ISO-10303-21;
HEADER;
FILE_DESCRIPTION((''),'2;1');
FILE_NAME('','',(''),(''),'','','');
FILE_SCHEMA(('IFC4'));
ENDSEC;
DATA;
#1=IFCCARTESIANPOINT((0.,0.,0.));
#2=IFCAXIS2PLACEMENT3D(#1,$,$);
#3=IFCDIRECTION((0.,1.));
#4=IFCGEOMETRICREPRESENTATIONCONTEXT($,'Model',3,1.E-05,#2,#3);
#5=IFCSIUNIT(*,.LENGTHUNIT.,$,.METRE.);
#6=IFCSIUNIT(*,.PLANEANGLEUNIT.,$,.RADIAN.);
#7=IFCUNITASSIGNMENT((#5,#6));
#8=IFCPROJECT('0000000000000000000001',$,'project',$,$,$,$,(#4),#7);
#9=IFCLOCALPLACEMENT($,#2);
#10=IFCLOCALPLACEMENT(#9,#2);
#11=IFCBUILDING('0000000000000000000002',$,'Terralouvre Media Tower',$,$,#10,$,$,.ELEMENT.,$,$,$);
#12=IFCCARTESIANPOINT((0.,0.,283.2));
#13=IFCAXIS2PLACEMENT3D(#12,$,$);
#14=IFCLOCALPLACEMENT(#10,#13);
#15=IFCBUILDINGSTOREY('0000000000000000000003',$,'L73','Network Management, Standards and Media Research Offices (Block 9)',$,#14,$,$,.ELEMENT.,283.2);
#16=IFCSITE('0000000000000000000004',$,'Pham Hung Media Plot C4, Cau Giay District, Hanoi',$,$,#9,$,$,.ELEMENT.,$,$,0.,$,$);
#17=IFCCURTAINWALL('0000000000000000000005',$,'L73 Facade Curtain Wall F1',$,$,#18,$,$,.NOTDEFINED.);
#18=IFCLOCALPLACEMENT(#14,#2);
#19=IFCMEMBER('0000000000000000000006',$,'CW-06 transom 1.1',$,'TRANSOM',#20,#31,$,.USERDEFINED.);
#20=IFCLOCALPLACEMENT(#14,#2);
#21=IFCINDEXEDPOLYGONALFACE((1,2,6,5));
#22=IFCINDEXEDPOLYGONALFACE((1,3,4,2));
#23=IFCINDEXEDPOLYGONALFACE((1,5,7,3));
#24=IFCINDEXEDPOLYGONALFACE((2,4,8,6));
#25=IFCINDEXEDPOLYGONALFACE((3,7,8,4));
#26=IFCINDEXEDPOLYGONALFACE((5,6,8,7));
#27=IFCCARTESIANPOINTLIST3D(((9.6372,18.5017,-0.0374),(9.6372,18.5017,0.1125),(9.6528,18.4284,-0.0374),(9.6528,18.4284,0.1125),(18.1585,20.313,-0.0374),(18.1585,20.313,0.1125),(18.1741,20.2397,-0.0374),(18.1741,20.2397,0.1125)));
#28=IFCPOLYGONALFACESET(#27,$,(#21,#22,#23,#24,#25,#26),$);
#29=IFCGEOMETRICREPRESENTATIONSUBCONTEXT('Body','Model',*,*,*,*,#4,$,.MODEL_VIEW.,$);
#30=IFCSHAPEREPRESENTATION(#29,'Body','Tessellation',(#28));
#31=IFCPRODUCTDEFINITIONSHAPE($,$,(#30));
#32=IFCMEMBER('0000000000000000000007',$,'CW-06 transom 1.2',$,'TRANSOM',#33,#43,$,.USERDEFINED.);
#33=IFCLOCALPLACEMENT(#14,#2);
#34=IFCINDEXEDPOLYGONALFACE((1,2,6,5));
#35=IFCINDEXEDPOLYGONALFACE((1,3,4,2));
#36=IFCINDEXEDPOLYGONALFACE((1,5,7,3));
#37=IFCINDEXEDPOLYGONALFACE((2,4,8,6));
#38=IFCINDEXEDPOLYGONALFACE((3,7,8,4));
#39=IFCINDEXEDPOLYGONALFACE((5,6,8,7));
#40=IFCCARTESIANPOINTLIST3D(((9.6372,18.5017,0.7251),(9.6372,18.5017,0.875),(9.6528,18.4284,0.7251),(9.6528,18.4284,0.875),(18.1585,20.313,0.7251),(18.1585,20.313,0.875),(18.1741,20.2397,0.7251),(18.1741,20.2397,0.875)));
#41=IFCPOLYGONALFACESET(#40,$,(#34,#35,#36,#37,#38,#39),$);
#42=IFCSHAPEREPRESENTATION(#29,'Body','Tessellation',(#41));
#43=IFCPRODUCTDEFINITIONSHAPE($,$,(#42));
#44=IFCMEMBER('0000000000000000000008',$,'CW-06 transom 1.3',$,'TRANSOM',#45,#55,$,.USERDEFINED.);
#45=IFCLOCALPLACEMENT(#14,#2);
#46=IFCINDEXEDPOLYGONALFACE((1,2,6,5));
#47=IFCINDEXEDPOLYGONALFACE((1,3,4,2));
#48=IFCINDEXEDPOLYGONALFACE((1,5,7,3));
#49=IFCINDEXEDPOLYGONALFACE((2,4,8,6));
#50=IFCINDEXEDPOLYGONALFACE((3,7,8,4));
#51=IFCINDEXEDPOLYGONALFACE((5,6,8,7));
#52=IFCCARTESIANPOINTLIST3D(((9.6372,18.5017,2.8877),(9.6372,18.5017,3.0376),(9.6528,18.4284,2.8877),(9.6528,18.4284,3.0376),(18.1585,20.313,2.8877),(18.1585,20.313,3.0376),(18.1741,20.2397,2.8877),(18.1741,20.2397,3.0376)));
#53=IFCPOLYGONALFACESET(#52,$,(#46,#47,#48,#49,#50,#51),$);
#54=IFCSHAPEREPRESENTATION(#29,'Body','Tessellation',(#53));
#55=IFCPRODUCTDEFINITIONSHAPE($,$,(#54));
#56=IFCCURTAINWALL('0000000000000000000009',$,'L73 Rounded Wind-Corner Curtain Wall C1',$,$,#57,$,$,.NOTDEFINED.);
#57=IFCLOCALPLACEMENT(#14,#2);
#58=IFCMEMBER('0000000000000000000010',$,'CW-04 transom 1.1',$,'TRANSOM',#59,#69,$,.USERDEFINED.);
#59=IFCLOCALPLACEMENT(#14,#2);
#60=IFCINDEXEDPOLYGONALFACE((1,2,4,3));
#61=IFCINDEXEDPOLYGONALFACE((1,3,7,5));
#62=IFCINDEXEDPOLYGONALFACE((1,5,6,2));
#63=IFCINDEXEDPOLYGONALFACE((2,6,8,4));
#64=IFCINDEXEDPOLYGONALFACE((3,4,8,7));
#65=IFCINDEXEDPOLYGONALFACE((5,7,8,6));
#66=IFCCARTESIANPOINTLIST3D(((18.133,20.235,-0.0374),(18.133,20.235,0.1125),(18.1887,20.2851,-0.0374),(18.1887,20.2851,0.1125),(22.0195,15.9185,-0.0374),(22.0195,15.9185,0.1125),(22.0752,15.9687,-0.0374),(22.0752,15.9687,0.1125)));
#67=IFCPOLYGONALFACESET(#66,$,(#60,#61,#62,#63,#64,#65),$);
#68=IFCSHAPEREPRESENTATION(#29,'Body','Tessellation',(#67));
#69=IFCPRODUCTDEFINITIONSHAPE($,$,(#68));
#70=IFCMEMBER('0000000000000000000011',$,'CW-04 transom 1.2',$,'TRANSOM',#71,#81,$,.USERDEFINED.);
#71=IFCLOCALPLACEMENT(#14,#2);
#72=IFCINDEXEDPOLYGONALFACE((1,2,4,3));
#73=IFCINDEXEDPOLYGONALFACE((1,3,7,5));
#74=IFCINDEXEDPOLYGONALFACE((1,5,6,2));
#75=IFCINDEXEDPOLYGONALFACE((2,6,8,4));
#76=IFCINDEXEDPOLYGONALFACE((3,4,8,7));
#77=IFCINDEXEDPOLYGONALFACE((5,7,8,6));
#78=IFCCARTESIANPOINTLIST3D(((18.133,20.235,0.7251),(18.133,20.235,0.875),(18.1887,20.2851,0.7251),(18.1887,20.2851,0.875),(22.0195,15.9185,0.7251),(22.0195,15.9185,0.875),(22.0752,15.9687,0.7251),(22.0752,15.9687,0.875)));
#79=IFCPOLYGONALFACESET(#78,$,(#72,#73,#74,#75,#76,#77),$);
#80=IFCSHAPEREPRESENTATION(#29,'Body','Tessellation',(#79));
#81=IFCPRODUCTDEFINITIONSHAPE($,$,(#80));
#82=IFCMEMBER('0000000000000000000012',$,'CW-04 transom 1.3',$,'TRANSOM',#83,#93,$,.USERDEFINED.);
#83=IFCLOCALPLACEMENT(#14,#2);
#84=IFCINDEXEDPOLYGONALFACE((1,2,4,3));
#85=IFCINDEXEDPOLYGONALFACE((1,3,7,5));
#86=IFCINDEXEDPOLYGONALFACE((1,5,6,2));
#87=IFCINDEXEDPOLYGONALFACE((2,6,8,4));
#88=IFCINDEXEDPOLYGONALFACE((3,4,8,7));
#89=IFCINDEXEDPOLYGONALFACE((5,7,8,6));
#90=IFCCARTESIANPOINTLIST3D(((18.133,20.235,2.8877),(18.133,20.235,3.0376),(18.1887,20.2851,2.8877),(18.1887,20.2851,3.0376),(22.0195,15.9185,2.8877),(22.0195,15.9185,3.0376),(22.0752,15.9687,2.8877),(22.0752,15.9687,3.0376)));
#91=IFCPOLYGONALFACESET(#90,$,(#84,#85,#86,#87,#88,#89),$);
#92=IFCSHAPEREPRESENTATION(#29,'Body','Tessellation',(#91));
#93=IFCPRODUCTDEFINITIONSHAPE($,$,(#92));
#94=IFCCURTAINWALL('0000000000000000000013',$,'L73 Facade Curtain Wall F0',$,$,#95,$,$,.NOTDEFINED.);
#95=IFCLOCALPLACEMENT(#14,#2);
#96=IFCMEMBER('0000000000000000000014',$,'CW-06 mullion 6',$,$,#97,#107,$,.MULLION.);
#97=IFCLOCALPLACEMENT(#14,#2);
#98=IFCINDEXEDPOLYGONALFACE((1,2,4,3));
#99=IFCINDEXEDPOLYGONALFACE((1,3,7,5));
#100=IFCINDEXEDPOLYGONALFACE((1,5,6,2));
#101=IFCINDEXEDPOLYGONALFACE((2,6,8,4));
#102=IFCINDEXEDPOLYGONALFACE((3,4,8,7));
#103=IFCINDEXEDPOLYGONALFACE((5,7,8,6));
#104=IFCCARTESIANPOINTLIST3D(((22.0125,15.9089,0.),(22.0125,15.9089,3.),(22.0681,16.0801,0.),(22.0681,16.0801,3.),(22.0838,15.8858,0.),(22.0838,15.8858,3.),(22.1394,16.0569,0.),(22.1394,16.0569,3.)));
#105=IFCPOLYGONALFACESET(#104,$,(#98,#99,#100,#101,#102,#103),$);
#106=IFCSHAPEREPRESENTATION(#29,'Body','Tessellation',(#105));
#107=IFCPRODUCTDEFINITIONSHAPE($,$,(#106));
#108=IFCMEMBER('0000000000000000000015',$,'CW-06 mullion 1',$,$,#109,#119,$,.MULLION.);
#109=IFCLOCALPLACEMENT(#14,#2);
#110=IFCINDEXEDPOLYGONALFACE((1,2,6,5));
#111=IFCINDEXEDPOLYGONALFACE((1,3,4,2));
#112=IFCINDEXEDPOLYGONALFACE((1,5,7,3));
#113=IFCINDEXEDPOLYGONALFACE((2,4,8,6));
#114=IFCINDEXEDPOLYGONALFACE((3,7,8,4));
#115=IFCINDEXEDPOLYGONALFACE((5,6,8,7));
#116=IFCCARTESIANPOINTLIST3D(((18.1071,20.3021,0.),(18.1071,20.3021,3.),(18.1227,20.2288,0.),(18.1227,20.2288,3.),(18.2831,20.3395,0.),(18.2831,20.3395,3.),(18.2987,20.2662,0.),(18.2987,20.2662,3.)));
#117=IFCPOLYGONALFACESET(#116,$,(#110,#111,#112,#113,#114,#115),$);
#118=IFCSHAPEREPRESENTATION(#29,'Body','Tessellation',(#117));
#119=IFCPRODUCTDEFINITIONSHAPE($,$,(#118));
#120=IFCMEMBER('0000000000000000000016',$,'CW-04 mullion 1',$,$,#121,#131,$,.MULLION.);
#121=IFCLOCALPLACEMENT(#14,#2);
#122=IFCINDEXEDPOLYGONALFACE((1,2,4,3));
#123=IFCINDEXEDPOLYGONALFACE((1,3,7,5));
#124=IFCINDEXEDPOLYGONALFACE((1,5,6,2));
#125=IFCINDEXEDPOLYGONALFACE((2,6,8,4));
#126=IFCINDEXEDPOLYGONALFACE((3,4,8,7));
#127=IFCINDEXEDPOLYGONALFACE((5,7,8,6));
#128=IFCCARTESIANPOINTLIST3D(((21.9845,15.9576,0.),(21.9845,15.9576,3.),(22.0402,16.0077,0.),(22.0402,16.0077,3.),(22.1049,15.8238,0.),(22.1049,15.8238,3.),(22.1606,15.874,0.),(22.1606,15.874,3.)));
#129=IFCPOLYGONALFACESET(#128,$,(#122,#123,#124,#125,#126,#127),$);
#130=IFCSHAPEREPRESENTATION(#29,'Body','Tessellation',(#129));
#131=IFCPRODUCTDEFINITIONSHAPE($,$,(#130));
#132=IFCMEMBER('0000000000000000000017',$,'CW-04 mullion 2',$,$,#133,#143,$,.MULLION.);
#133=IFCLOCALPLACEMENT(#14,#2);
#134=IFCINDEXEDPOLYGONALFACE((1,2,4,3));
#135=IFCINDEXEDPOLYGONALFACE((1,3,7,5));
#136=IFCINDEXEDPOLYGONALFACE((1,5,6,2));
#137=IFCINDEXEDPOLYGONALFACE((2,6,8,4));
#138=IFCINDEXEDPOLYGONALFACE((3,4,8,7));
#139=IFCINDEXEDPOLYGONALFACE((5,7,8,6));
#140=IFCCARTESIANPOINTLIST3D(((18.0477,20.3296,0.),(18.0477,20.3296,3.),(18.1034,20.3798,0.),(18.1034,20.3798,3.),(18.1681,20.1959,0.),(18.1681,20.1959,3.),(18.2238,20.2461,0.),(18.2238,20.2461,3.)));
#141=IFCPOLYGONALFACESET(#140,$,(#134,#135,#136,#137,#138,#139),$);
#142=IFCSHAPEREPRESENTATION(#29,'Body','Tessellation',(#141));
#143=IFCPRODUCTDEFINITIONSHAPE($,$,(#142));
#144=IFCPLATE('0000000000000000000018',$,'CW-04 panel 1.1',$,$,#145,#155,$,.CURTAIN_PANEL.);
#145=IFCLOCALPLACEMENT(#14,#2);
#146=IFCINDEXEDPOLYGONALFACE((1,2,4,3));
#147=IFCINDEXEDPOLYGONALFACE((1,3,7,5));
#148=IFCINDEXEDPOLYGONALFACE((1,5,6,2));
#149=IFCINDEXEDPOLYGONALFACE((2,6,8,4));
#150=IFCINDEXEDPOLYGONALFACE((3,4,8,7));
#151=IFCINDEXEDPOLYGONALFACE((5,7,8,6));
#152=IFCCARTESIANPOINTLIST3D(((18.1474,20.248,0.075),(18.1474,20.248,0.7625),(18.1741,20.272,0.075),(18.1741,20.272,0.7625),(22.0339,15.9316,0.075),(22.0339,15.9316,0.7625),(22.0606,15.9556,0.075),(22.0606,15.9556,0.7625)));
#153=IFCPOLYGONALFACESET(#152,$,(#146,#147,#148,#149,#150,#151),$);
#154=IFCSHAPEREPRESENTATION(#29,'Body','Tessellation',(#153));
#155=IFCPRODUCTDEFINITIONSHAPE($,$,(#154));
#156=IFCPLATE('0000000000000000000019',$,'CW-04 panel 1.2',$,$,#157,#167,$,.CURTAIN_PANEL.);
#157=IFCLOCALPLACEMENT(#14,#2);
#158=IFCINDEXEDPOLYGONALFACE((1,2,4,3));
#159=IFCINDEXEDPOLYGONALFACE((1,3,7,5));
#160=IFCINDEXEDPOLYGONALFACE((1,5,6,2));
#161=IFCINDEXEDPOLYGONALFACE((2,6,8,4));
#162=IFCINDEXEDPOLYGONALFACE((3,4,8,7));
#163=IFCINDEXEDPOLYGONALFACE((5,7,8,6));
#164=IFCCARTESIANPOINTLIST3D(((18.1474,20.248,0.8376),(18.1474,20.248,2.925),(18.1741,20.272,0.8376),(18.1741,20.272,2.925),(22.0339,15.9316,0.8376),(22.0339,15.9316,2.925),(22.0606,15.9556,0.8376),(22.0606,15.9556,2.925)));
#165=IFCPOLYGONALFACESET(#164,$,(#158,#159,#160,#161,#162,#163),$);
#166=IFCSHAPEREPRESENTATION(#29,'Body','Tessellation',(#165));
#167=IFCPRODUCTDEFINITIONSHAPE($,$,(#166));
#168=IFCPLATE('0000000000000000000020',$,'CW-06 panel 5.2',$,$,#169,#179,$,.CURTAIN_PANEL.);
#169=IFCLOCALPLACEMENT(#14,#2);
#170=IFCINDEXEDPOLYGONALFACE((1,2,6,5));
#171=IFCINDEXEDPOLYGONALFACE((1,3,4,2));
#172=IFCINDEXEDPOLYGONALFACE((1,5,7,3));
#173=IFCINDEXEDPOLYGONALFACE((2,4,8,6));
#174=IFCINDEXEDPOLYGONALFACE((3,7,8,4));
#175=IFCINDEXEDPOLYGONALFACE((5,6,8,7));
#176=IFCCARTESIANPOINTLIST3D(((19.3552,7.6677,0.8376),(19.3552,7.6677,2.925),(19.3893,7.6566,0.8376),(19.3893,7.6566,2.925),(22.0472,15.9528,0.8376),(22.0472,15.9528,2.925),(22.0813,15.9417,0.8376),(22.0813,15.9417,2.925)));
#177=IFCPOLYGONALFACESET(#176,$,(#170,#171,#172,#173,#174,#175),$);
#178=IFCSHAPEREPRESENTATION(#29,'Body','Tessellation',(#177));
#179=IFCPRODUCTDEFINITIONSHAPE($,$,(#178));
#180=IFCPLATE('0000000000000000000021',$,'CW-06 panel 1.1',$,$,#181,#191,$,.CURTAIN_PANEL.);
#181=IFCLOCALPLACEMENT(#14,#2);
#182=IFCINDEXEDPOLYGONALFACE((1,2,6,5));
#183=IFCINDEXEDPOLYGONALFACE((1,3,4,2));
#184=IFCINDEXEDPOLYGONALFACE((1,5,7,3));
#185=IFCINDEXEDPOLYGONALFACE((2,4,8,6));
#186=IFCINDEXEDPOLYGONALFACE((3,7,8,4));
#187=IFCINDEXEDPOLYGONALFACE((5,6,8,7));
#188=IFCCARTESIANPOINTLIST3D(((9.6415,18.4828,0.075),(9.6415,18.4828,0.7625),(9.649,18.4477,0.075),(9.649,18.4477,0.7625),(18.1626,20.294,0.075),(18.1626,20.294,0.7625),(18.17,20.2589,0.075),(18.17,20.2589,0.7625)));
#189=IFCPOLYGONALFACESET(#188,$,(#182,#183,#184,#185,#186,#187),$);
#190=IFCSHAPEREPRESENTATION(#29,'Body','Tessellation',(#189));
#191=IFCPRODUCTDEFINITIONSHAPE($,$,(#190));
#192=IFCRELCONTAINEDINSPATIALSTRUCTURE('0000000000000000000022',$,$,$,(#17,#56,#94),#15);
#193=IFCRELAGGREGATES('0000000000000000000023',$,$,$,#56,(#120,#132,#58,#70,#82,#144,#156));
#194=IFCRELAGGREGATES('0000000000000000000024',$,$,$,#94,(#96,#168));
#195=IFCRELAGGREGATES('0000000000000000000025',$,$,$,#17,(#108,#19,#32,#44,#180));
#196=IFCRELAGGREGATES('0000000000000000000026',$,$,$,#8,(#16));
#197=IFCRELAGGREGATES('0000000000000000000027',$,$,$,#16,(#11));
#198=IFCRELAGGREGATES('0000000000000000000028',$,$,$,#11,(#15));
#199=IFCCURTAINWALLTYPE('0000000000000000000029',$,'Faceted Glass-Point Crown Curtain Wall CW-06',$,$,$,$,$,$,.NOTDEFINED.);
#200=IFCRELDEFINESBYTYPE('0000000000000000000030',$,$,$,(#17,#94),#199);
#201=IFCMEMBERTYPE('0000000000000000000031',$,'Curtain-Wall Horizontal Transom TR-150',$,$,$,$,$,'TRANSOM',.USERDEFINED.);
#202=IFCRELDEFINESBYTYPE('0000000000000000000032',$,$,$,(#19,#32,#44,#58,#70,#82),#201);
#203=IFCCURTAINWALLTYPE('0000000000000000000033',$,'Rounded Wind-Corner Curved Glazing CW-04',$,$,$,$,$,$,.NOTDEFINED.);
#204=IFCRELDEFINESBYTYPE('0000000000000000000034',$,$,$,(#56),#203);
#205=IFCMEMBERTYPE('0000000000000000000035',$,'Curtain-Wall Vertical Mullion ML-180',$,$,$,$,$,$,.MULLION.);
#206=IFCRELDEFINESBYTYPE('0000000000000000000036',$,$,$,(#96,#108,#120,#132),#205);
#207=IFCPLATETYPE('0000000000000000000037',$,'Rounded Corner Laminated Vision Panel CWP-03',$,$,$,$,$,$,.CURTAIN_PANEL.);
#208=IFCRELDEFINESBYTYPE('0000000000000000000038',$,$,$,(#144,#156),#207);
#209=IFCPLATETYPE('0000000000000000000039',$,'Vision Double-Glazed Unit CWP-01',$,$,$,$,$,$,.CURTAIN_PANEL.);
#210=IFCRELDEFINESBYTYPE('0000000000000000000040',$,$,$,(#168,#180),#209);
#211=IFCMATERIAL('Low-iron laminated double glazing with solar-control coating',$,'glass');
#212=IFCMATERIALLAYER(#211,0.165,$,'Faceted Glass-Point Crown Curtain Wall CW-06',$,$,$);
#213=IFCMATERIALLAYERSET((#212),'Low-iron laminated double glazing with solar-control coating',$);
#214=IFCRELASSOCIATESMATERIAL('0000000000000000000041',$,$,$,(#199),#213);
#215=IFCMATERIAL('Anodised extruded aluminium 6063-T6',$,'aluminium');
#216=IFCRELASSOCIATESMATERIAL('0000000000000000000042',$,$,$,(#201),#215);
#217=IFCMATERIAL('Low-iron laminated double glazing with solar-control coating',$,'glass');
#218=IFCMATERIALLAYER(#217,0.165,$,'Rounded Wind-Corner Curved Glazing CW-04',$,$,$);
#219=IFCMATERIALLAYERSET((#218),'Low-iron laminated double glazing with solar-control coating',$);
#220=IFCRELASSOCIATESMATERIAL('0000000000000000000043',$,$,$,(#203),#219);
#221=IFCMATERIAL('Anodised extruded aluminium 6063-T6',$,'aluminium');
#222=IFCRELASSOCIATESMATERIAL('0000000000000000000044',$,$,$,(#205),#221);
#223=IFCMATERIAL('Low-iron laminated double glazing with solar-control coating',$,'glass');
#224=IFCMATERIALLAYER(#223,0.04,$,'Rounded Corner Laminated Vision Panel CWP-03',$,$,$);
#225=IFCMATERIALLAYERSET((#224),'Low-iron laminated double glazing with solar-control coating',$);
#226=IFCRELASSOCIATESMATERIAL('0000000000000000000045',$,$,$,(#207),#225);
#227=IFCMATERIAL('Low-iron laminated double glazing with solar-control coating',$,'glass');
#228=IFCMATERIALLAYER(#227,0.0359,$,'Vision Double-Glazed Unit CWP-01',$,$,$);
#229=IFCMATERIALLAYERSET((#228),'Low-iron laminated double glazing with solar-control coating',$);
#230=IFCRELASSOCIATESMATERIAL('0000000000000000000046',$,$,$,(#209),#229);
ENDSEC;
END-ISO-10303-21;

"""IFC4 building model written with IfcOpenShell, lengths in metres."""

from ifc_helpers import new_model, si_unit, direction, frame, origin, origin_2d, place, context, subcontext, project, spatial, rectangle, extrude, material, layer, layer_set, material_profile, profile_set, type_object, element, aggregate, save


model = new_model("IFC4")

# Units and contexts
model_context = context("Model", 3, precision=1e-05, world=origin(), true_north=direction((0.0, 1.0)))
body_context = subcontext(model_context, "Body", "Model", "MODEL_VIEW")
ifc_project = project(units=[si_unit("LENGTHUNIT", "METRE"), si_unit("PLANEANGLEUNIT", "RADIAN")], contexts=[model_context])

# Site, building, storey
site_placement = place(None, origin())
site = spatial("IfcSite", under=ifc_project, at=site_placement, Name="Pham Hung Media Plot C4, Cau Giay District, Hanoi", CompositionType="ELEMENT", RefElevation=0.0)
building_placement = place(site_placement, origin())
building = spatial("IfcBuilding", under=site, at=building_placement, Name="Terralouvre Media Tower", CompositionType="ELEMENT")
storey_placement = place(building_placement, frame((0.0, 0.0, 283.2)))
storey = spatial("IfcBuildingStorey", under=building, at=storey_placement, Name="L73", Description="Network Management, Standards and Media Research Offices (Block 9)", CompositionType="ELEMENT", Elevation=283.2)

# Curtain walls, members
ifc_material_1 = material(Name="Low-iron laminated double glazing with solar-control coating", Category="glass")
ifc_layer_1 = layer(ifc_material_1, 0.165, Name="Faceted Glass-Point Crown Curtain Wall CW-06")
ifc_layer_set_1 = layer_set([ifc_layer_1], Name="Low-iron laminated double glazing with solar-control coating")
curtain_wall_type_1 = type_object("IfcCurtainWallType", Name="Faceted Glass-Point Crown Curtain Wall CW-06", PredefinedType="NOTDEFINED", material=ifc_layer_set_1)
curtain_wall_1_placement = place(storey_placement, origin())
curtain_wall_1 = element("IfcCurtainWall", 1, at=curtain_wall_1_placement, inside=storey, type_object=curtain_wall_type_1, Name="L73 Facade Curtain Wall F1", PredefinedType="NOTDEFINED")
ifc_material_2 = material(Name="Anodised extruded aluminium 6063-T6", Category="aluminium")
ifc_material_profile_1 = material_profile(ifc_material_2, rectangle(XDim=0.075, YDim=0.1499, at=origin_2d()), Name="ALU 75x150")
ifc_profile_set_1 = profile_set([ifc_material_profile_1], Name="Anodised extruded aluminium 6063-T6")
member_type_1 = type_object("IfcMemberType", Name="Curtain-Wall Horizontal Transom TR-150", ElementType="TRANSOM", PredefinedType="USERDEFINED", material=ifc_profile_set_1)
member_1_placement = place(storey_placement, frame((18.1663, 20.2764, 0.0376), z_axis=(-0.978147, -0.207915, 0.0), x_axis=(0.207915, -0.978147, 0.0)))
member_1 = element("IfcMember", 2, at=member_1_placement, type_object=member_type_1, Name="CW-06 transom 1.1", ObjectType="TRANSOM", PredefinedType="USERDEFINED", context=body_context, shape_type="SweptSolid", body=[
    extrude(rectangle(XDim=0.075, YDim=0.1499, at=origin_2d()), origin(), (0.0, 0.0, 1.0), 8.7117),
])
member_2_placement = place(storey_placement, frame((18.1663, 20.2764, 0.8), z_axis=(-0.978147, -0.207915, 0.0), x_axis=(0.207915, -0.978147, 0.0)))
member_2 = element("IfcMember", 3, at=member_2_placement, type_object=member_type_1, Name="CW-06 transom 1.2", ObjectType="TRANSOM", PredefinedType="USERDEFINED", context=body_context, shape_type="SweptSolid", body=[
    extrude(rectangle(XDim=0.075, YDim=0.1499, at=origin_2d()), origin(), (0.0, 0.0, 1.0), 8.7117),
])
member_3_placement = place(storey_placement, frame((18.1663, 20.2764, 2.9626), z_axis=(-0.978147, -0.207915, 0.0), x_axis=(0.207915, -0.978147, 0.0)))
member_3 = element("IfcMember", 4, at=member_3_placement, type_object=member_type_1, Name="CW-06 transom 1.3", ObjectType="TRANSOM", PredefinedType="USERDEFINED", context=body_context, shape_type="SweptSolid", body=[
    extrude(rectangle(XDim=0.075, YDim=0.1499, at=origin_2d()), origin(), (0.0, 0.0, 1.0), 8.7117),
])
ifc_material_3 = material(Name="Low-iron laminated double glazing with solar-control coating", Category="glass")
ifc_layer_2 = layer(ifc_material_3, 0.165, Name="Rounded Wind-Corner Curved Glazing CW-04")
ifc_layer_set_2 = layer_set([ifc_layer_2], Name="Low-iron laminated double glazing with solar-control coating")
curtain_wall_type_2 = type_object("IfcCurtainWallType", Name="Rounded Wind-Corner Curved Glazing CW-04", PredefinedType="NOTDEFINED", material=ifc_layer_set_2)
curtain_wall_2_placement = place(storey_placement, origin())
curtain_wall_2 = element("IfcCurtainWall", 5, at=curtain_wall_2_placement, inside=storey, type_object=curtain_wall_type_2, Name="L73 Rounded Wind-Corner Curtain Wall C1", PredefinedType="NOTDEFINED")
member_4_placement = place(storey_placement, frame((22.0474, 15.9436, 0.0376), z_axis=(-0.669127, 0.743148, 0.0), x_axis=(-0.743148, -0.669127, 0.0)))
member_4 = element("IfcMember", 6, at=member_4_placement, type_object=member_type_1, Name="CW-04 transom 1.1", ObjectType="TRANSOM", PredefinedType="USERDEFINED", context=body_context, shape_type="SweptSolid", body=[
    extrude(rectangle(XDim=0.075, YDim=0.1499, at=origin_2d()), origin(), (0.0, 0.0, 1.0), 5.8083),
])
member_5_placement = place(storey_placement, frame((22.0474, 15.9436, 0.8), z_axis=(-0.669127, 0.743148, 0.0), x_axis=(-0.743148, -0.669127, 0.0)))
member_5 = element("IfcMember", 7, at=member_5_placement, type_object=member_type_1, Name="CW-04 transom 1.2", ObjectType="TRANSOM", PredefinedType="USERDEFINED", context=body_context, shape_type="SweptSolid", body=[
    extrude(rectangle(XDim=0.075, YDim=0.1499, at=origin_2d()), origin(), (0.0, 0.0, 1.0), 5.8083),
])
member_6_placement = place(storey_placement, frame((22.0474, 15.9436, 2.9626), z_axis=(-0.669127, 0.743148, 0.0), x_axis=(-0.743148, -0.669127, 0.0)))
member_6 = element("IfcMember", 8, at=member_6_placement, type_object=member_type_1, Name="CW-04 transom 1.3", ObjectType="TRANSOM", PredefinedType="USERDEFINED", context=body_context, shape_type="SweptSolid", body=[
    extrude(rectangle(XDim=0.075, YDim=0.1499, at=origin_2d()), origin(), (0.0, 0.0, 1.0), 5.8083),
])

# Curtain wall, member
curtain_wall_3_placement = place(storey_placement, origin())
curtain_wall_3 = element("IfcCurtainWall", 9, at=curtain_wall_3_placement, inside=storey, type_object=curtain_wall_type_1, Name="L73 Facade Curtain Wall F0", PredefinedType="NOTDEFINED")
ifc_material_4 = material(Name="Anodised extruded aluminium 6063-T6", Category="aluminium")
ifc_material_profile_2 = material_profile(ifc_material_4, rectangle(XDim=0.075, YDim=0.1799, at=origin_2d()), Name="ALU 75x180")
ifc_profile_set_2 = profile_set([ifc_material_profile_2], Name="Anodised extruded aluminium 6063-T6")
member_type_2 = type_object("IfcMemberType", Name="Curtain-Wall Vertical Mullion ML-180", PredefinedType="MULLION", material=ifc_profile_set_2)
member_7_placement = place(storey_placement, frame((22.0759, 15.9829, 0.0), z_axis=(0.0, 0.0, 1.0), x_axis=(-0.951057, 0.309017, 0.0)))
member_7 = element("IfcMember", 10, at=member_7_placement, type_object=member_type_2, Name="CW-06 mullion 6", PredefinedType="MULLION", context=body_context, shape_type="SweptSolid", body=[
    extrude(rectangle(XDim=0.075, YDim=0.1799, at=origin_2d()), origin(), (0.0, 0.0, 1.0), 3.0),
])

# Members
member_8_placement = place(storey_placement, frame((18.2029, 20.2842, 0.0), z_axis=(0.0, 0.0, 1.0), x_axis=(0.207912, -0.978148, 0.0)))
member_8 = element("IfcMember", 11, at=member_8_placement, type_object=member_type_2, Name="CW-06 mullion 1", PredefinedType="MULLION", context=body_context, shape_type="SweptSolid", body=[
    extrude(rectangle(XDim=0.075, YDim=0.1799, at=origin_2d()), origin(), (0.0, 0.0, 1.0), 3.0),
])
member_9_placement = place(storey_placement, frame((22.0725, 15.9158, 0.0), z_axis=(0.0, 0.0, 1.0), x_axis=(-0.743145, -0.66913, 0.0)))
member_9 = element("IfcMember", 12, at=member_9_placement, type_object=member_type_2, Name="CW-04 mullion 1", PredefinedType="MULLION", context=body_context, shape_type="SweptSolid", body=[
    extrude(rectangle(XDim=0.075, YDim=0.1799, at=origin_2d()), origin(), (0.0, 0.0, 1.0), 3.0),
])
member_10_placement = place(storey_placement, frame((18.1357, 20.2878, 0.0), z_axis=(0.0, 0.0, 1.0), x_axis=(-0.743145, -0.66913, 0.0)))
member_10 = element("IfcMember", 13, at=member_10_placement, type_object=member_type_2, Name="CW-04 mullion 2", PredefinedType="MULLION", context=body_context, shape_type="SweptSolid", body=[
    extrude(rectangle(XDim=0.075, YDim=0.1799, at=origin_2d()), origin(), (0.0, 0.0, 1.0), 3.0),
])

# Plates
ifc_material_5 = material(Name="Low-iron laminated double glazing with solar-control coating", Category="glass")
ifc_layer_3 = layer(ifc_material_5, 0.04, Name="Rounded Corner Laminated Vision Panel CWP-03")
ifc_layer_set_3 = layer_set([ifc_layer_3], Name="Low-iron laminated double glazing with solar-control coating")
plate_type_1 = type_object("IfcPlateType", Name="Rounded Corner Laminated Vision Panel CWP-03", PredefinedType="CURTAIN_PANEL", material=ifc_layer_set_3)
plate_1_placement = place(storey_placement, frame((20.104, 18.1018, 0.075), z_axis=(0.0, 0.0, 1.0), x_axis=(-0.66913, 0.743145, 0.0)))
plate_1 = element("IfcPlate", 14, at=plate_1_placement, type_object=plate_type_1, Name="CW-04 panel 1.1", PredefinedType="CURTAIN_PANEL", context=body_context, shape_type="SweptSolid", body=[
    extrude(rectangle(XDim=5.8083, YDim=0.0359, at=origin_2d()), origin(), (0.0, 0.0, 1.0), 0.6875),
])
plate_2_placement = place(storey_placement, frame((20.104, 18.1018, 0.8376), z_axis=(0.0, 0.0, 1.0), x_axis=(-0.66913, 0.743145, 0.0)))
plate_2 = element("IfcPlate", 15, at=plate_2_placement, type_object=plate_type_1, Name="CW-04 panel 1.2", PredefinedType="CURTAIN_PANEL", context=body_context, shape_type="SweptSolid", body=[
    extrude(rectangle(XDim=5.8083, YDim=0.0359, at=origin_2d()), origin(), (0.0, 0.0, 1.0), 2.0874),
])
aggregate(curtain_wall_2, [member_9, member_10, member_4, member_5, member_6, plate_1, plate_2])
ifc_material_6 = material(Name="Low-iron laminated double glazing with solar-control coating", Category="glass")
ifc_layer_4 = layer(ifc_material_6, 0.0359, Name="Vision Double-Glazed Unit CWP-01")
ifc_layer_set_4 = layer_set([ifc_layer_4], Name="Low-iron laminated double glazing with solar-control coating")
plate_type_2 = type_object("IfcPlateType", Name="Vision Double-Glazed Unit CWP-01", PredefinedType="CURTAIN_PANEL", material=ifc_layer_set_4)
plate_3_placement = place(storey_placement, frame((20.7183, 11.8047, 0.8376), z_axis=(0.0, 0.0, 1.0), x_axis=(0.309017, 0.951057, 0.0)))
plate_3 = element("IfcPlate", 16, at=plate_3_placement, type_object=plate_type_2, Name="CW-06 panel 5.2", PredefinedType="CURTAIN_PANEL", context=body_context, shape_type="SweptSolid", body=[
    extrude(rectangle(XDim=8.7114, YDim=0.0359, at=origin_2d()), origin(), (0.0, 0.0, 1.0), 2.0874),
])
aggregate(curtain_wall_3, [member_7, plate_3])
plate_4_placement = place(storey_placement, frame((13.9058, 19.3708, 0.075), z_axis=(0.0, 0.0, 1.0), x_axis=(-0.978148, -0.207912, 0.0)))
plate_4 = element("IfcPlate", 17, at=plate_4_placement, type_object=plate_type_2, Name="CW-06 panel 1.1", PredefinedType="CURTAIN_PANEL", context=body_context, shape_type="SweptSolid", body=[
    extrude(rectangle(XDim=8.7114, YDim=0.0359, at=origin_2d()), origin(), (0.0, 0.0, 1.0), 0.6875),
])
aggregate(curtain_wall_1, [member_8, member_1, member_2, member_3, plate_4])

save(model, "model.ifc")
